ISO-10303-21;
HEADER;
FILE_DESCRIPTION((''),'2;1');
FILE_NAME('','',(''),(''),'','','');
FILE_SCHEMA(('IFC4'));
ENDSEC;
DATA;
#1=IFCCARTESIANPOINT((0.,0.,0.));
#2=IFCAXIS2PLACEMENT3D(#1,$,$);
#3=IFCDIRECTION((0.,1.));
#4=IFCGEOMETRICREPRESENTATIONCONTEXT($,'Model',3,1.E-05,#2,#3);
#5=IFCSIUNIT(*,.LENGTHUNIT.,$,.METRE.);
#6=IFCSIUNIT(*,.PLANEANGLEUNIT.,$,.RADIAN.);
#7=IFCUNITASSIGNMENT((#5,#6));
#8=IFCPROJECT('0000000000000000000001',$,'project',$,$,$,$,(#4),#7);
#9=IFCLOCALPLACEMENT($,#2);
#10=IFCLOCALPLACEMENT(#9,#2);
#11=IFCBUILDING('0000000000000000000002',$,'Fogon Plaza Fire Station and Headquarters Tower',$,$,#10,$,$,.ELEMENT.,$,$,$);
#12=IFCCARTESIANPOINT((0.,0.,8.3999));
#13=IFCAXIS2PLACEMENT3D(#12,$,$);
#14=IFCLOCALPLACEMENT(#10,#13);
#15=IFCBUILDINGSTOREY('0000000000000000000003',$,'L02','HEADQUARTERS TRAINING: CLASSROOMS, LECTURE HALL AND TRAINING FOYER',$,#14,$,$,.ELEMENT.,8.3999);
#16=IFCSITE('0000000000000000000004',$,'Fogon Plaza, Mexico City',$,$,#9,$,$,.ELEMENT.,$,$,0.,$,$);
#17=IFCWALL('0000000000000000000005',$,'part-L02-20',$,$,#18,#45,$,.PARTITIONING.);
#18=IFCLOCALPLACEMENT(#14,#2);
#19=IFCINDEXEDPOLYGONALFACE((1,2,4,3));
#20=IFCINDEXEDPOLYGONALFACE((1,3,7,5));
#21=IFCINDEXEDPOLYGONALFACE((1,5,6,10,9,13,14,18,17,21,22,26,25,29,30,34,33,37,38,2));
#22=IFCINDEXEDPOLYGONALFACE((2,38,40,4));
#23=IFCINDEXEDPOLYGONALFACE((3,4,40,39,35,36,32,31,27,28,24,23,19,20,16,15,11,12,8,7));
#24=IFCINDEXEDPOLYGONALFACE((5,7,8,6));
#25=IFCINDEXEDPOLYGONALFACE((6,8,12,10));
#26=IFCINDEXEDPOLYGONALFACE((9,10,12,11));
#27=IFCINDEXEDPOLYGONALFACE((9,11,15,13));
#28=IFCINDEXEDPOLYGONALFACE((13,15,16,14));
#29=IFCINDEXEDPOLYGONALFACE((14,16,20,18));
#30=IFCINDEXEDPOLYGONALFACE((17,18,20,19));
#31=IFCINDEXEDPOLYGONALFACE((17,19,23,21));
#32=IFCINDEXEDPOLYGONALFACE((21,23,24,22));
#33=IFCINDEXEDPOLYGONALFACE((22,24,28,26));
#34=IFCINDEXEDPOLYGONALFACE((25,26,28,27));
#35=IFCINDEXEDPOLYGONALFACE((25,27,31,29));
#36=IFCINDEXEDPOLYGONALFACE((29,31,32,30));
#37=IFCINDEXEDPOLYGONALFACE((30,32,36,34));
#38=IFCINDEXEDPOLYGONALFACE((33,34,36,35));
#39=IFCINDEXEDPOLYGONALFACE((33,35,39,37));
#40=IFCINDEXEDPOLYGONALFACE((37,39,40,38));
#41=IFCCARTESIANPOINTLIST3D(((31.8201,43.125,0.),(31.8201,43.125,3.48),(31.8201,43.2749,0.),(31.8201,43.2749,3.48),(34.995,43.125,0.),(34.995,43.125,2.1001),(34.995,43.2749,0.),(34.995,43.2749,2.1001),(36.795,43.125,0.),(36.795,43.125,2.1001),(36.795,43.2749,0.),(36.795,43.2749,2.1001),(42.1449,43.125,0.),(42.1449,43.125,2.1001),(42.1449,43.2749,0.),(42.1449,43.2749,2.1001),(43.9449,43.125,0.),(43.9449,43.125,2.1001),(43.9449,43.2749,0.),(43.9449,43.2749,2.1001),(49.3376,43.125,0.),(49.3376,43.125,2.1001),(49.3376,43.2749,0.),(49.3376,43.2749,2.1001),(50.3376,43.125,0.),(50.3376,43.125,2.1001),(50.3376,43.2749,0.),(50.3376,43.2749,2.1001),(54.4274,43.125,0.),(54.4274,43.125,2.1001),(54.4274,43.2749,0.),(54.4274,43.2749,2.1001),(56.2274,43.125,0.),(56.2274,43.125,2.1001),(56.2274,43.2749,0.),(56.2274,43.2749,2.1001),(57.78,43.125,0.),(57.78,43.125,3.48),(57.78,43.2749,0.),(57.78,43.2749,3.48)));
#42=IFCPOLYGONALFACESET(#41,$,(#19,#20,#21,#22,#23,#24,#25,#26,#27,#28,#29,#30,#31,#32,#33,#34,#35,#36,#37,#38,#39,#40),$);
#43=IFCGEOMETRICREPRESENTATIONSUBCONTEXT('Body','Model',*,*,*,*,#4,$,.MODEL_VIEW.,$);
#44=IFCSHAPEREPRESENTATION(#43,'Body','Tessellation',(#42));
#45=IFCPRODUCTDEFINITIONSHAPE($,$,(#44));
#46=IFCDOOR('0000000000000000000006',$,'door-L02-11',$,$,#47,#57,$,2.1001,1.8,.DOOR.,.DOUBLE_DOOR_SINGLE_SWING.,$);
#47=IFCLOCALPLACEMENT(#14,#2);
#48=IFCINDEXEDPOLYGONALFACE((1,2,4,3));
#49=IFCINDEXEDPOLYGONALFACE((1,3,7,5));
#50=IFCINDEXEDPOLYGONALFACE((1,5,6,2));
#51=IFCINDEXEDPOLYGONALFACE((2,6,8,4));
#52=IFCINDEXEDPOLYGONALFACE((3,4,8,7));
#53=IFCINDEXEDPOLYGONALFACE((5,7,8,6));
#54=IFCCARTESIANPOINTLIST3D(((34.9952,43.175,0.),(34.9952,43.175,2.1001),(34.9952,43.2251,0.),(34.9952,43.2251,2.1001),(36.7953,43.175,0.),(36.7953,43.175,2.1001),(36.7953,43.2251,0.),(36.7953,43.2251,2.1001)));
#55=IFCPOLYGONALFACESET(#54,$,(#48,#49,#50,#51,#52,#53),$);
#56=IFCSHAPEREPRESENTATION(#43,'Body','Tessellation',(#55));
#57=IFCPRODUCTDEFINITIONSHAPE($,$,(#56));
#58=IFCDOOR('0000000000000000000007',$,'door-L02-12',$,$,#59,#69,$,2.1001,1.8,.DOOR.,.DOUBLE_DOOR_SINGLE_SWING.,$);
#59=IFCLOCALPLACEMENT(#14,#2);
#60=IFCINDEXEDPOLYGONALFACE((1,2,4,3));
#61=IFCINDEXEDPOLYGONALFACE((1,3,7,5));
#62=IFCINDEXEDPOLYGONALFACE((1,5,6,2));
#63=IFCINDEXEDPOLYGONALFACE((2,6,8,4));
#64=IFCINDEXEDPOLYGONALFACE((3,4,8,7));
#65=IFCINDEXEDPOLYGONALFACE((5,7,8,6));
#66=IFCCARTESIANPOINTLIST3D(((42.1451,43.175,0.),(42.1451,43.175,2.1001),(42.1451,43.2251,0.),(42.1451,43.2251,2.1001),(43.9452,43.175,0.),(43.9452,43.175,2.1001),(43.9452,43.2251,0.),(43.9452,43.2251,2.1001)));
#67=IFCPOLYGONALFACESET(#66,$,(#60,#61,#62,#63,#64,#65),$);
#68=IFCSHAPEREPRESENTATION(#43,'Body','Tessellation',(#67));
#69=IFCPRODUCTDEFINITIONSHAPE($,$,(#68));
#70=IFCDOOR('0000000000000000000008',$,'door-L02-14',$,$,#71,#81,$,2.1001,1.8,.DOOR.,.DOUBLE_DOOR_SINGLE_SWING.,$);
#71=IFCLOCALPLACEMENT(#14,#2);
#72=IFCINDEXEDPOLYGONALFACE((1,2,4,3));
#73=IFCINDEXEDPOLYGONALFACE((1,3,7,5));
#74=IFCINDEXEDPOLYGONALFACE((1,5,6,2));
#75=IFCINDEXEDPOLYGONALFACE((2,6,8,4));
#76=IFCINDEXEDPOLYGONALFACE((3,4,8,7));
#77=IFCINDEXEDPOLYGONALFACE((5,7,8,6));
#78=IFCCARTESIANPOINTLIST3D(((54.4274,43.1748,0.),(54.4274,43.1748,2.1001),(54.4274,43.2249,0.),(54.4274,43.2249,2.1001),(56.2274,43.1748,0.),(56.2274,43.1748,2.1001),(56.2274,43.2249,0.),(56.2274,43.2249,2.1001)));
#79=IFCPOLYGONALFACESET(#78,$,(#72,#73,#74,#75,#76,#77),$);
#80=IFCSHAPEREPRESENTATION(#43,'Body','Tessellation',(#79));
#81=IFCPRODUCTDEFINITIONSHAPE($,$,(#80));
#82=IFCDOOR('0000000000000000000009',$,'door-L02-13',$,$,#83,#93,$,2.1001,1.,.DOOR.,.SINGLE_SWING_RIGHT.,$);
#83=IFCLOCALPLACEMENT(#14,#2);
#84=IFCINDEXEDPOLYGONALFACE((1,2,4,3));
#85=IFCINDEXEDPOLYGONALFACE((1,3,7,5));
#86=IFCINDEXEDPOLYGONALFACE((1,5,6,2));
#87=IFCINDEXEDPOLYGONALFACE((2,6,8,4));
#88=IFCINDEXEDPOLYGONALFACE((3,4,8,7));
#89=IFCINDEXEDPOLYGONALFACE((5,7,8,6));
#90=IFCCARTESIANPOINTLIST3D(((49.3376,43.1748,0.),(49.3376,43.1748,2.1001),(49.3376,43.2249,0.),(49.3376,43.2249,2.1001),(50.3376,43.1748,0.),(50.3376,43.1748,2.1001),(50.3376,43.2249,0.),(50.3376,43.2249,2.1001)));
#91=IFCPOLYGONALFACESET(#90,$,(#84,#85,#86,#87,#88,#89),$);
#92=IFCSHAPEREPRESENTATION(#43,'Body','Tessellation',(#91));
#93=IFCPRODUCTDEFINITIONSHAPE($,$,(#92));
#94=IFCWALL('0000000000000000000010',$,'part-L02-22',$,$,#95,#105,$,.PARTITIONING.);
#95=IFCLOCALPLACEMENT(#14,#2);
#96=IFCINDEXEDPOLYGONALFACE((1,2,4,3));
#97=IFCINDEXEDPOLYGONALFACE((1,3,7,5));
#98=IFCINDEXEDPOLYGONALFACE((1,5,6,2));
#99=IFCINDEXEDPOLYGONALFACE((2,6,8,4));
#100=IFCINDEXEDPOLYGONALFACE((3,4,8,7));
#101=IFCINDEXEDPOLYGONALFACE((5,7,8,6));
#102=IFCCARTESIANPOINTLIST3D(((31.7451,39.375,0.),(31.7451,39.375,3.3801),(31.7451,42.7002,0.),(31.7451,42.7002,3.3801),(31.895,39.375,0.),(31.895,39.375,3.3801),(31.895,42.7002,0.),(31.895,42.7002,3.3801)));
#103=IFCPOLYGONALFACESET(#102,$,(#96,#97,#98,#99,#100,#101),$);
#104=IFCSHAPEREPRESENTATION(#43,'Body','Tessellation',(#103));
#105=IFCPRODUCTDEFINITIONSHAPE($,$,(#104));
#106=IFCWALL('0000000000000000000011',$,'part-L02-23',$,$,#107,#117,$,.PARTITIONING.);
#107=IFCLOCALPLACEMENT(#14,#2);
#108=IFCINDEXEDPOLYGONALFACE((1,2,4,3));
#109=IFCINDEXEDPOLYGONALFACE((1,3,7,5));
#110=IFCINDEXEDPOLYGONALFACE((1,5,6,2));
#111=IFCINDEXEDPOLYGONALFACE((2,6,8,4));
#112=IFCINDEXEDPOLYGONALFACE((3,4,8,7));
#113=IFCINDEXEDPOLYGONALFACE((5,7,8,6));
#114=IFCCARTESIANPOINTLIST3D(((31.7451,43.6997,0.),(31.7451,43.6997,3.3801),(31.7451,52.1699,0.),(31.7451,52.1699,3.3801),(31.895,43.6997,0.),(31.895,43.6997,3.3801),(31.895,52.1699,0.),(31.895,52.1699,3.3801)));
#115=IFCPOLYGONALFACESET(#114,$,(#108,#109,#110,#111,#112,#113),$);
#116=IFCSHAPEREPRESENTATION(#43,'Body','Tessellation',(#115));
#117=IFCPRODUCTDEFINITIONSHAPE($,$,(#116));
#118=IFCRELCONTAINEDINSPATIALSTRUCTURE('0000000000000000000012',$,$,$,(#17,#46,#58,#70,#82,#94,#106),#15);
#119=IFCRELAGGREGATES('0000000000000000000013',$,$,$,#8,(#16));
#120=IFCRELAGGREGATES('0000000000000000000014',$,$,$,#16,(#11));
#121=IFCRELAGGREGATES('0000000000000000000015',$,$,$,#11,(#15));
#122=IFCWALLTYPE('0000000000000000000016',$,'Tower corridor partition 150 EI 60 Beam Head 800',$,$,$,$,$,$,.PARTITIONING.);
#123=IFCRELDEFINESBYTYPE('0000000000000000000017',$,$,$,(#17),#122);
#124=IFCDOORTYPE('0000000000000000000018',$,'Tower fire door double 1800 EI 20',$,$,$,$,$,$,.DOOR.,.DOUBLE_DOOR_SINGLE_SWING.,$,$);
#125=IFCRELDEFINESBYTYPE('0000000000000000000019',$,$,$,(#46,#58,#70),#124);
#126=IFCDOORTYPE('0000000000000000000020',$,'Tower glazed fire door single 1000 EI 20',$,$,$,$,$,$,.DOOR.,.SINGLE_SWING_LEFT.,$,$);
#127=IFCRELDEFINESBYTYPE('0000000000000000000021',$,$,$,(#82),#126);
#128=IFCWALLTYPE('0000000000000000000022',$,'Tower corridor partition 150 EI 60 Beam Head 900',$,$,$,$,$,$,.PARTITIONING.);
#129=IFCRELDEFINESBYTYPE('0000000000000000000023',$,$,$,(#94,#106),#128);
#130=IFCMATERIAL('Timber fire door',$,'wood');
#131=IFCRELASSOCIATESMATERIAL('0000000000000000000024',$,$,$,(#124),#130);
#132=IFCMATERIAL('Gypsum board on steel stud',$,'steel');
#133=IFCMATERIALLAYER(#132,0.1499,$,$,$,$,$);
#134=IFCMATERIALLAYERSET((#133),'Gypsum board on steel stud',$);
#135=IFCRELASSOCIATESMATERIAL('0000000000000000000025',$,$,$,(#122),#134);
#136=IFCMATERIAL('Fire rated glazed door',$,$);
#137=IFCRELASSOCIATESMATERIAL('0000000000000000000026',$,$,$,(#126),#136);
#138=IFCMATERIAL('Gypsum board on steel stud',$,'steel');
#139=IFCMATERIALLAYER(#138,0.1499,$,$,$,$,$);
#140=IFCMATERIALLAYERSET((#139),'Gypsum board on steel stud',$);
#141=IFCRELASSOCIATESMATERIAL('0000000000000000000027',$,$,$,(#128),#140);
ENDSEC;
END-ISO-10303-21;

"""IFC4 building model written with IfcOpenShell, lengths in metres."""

from ifc_helpers import new_model, si_unit, direction, frame, frame_2d, origin, place, context, subcontext, project, spatial, rectangle, extrude, material, layer, layer_set, type_object, element, fill, save


model = new_model("IFC4")

# Units and contexts
model_context = context("Model", 3, precision=1e-05, world=origin(), true_north=direction((0.0, 1.0)))
body_context = subcontext(model_context, "Body", "Model", "MODEL_VIEW")
ifc_project = project(units=[si_unit("LENGTHUNIT", "METRE"), si_unit("PLANEANGLEUNIT", "RADIAN")], contexts=[model_context])

# Site, building, storey
site_placement = place(None, origin())
site = spatial("IfcSite", under=ifc_project, at=site_placement, Name="Fogon Plaza, Mexico City", CompositionType="ELEMENT", RefElevation=0.0)
building_placement = place(site_placement, origin())
building = spatial("IfcBuilding", under=site, at=building_placement, Name="Fogon Plaza Fire Station and Headquarters Tower", CompositionType="ELEMENT")
storey_placement = place(building_placement, frame((0.0, 0.0, 8.3999)))
storey = spatial("IfcBuildingStorey", under=building, at=storey_placement, Name="L02", Description="HEADQUARTERS TRAINING: CLASSROOMS, LECTURE HALL AND TRAINING FOYER", CompositionType="ELEMENT", Elevation=8.3999)

# Wall, openings, doors
ifc_material_1 = material(Name="Timber fire door", Category="wood")
door_type_1 = type_object("IfcDoorType", Name="Tower fire door double 1800 EI 20", OperationType="DOUBLE_DOOR_SINGLE_SWING", PredefinedType="DOOR", material=ifc_material_1)
ifc_material_2 = material(Name="Gypsum board on steel stud", Category="steel")
ifc_layer_1 = layer(ifc_material_2, 0.1499)
ifc_layer_set_1 = layer_set([ifc_layer_1], Name="Gypsum board on steel stud")
wall_type_1 = type_object("IfcWallType", Name="Tower corridor partition 150 EI 60 Beam Head 800", PredefinedType="PARTITIONING", material=ifc_layer_set_1)
wall_1_placement = place(storey_placement, frame((31.8201, 43.2, 0.0), z_axis=(0.0, 0.0, 1.0), x_axis=(1.0, 0.0, 0.0)))
wall_1 = element("IfcWall", 1, at=wall_1_placement, inside=storey, type_object=wall_type_1, Name="part-L02-20", PredefinedType="PARTITIONING", context=body_context, shape_type="SweptSolid", body=[
    extrude(rectangle(XDim=25.96, YDim=0.1499, at=frame_2d((12.98, 0.0))), origin(), (0.0, 0.0, 1.0), 3.48),
])
opening_1_placement = place(wall_1_placement, frame((3.175, 0.0, 0.0)))
opening_1 = element("IfcOpeningElement", 2, at=opening_1_placement, cuts=wall_1, PredefinedType="OPENING", context=body_context, shape_type="SweptSolid", body=[
    extrude(rectangle(XDim=1.8, YDim=2.1001, at=frame_2d((0.8999, 1.05))), frame((0.0, 0.085, 0.0), z_axis=(0.0, -1.0, 0.0), x_axis=(1.0, 0.0, 0.0)), (0.0, 0.0, 1.0), 0.1699),
])
opening_2_placement = place(wall_1_placement, frame((10.325, 0.0, 0.0)))
opening_2 = element("IfcOpeningElement", 3, at=opening_2_placement, cuts=wall_1, PredefinedType="OPENING", context=body_context, shape_type="SweptSolid", body=[
    extrude(rectangle(XDim=1.8, YDim=2.1001, at=frame_2d((0.8999, 1.05))), frame((0.0, 0.085, 0.0), z_axis=(0.0, -1.0, 0.0), x_axis=(1.0, 0.0, 0.0)), (0.0, 0.0, 1.0), 0.1699),
])
opening_3_placement = place(wall_1_placement, frame((17.5176, 0.0, 0.0)))
opening_3 = element("IfcOpeningElement", 4, at=opening_3_placement, cuts=wall_1, PredefinedType="OPENING", context=body_context, shape_type="SweptSolid", body=[
    extrude(rectangle(XDim=1.0, YDim=2.1001, at=frame_2d((0.5, 1.05))), frame((0.0, 0.085, 0.0), z_axis=(0.0, -1.0, 0.0), x_axis=(1.0, 0.0, 0.0)), (0.0, 0.0, 1.0), 0.1699),
])
opening_4_placement = place(wall_1_placement, frame((22.6074, 0.0, 0.0)))
opening_4 = element("IfcOpeningElement", 5, at=opening_4_placement, cuts=wall_1, PredefinedType="OPENING", context=body_context, shape_type="SweptSolid", body=[
    extrude(rectangle(XDim=1.8, YDim=2.1001, at=frame_2d((0.8999, 1.05))), frame((0.0, 0.085, 0.0), z_axis=(0.0, -1.0, 0.0), x_axis=(1.0, 0.0, 0.0)), (0.0, 0.0, 1.0), 0.1699),
])
door_1_placement = place(opening_1_placement, frame((1.8, 0.0, 0.0), z_axis=(0.0, 0.0, 1.0), x_axis=(-1.0, 0.0, 0.0)))
door_1 = element("IfcDoor", 6, at=door_1_placement, inside=storey, type_object=door_type_1, Name="door-L02-11", OperationType="DOUBLE_DOOR_SINGLE_SWING", OverallHeight=2.1001, OverallWidth=1.8, PredefinedType="DOOR", context=body_context, shape_type="SweptSolid", body=[
    extrude(rectangle(XDim=1.8, YDim=2.1001, at=frame_2d((0.8999, 1.05))), frame((0.0, 0.0249, 0.0), z_axis=(0.0, -1.0, 0.0), x_axis=(1.0, 0.0, 0.0)), (0.0, 0.0, 1.0), 0.05),
])
fill(opening_1, door_1)
door_2_placement = place(opening_2_placement, frame((1.8, 0.0, 0.0), z_axis=(0.0, 0.0, 1.0), x_axis=(-1.0, 0.0, 0.0)))
door_2 = element("IfcDoor", 7, at=door_2_placement, inside=storey, type_object=door_type_1, Name="door-L02-12", OperationType="DOUBLE_DOOR_SINGLE_SWING", OverallHeight=2.1001, OverallWidth=1.8, PredefinedType="DOOR", context=body_context, shape_type="SweptSolid", body=[
    extrude(rectangle(XDim=1.8, YDim=2.1001, at=frame_2d((0.8999, 1.05))), frame((0.0, 0.0249, 0.0), z_axis=(0.0, -1.0, 0.0), x_axis=(1.0, 0.0, 0.0)), (0.0, 0.0, 1.0), 0.05),
])
fill(opening_2, door_2)
door_3_placement = place(opening_4_placement, origin())
door_3 = element("IfcDoor", 8, at=door_3_placement, inside=storey, type_object=door_type_1, Name="door-L02-14", OperationType="DOUBLE_DOOR_SINGLE_SWING", OverallHeight=2.1001, OverallWidth=1.8, PredefinedType="DOOR", context=body_context, shape_type="SweptSolid", body=[
    extrude(rectangle(XDim=1.8, YDim=2.1001, at=frame_2d((0.8999, 1.05))), frame((0.0, 0.0249, 0.0), z_axis=(0.0, -1.0, 0.0), x_axis=(1.0, 0.0, 0.0)), (0.0, 0.0, 1.0), 0.05),
])
fill(opening_4, door_3)
ifc_material_3 = material(Name="Fire rated glazed door")
door_type_2 = type_object("IfcDoorType", Name="Tower glazed fire door single 1000 EI 20", OperationType="SINGLE_SWING_LEFT", PredefinedType="DOOR", material=ifc_material_3)
door_4_placement = place(opening_3_placement, origin())
door_4 = element("IfcDoor", 9, at=door_4_placement, inside=storey, type_object=door_type_2, Name="door-L02-13", OperationType="SINGLE_SWING_RIGHT", OverallHeight=2.1001, OverallWidth=1.0, PredefinedType="DOOR", context=body_context, shape_type="SweptSolid", body=[
    extrude(rectangle(XDim=1.0, YDim=2.1001, at=frame_2d((0.5, 1.05))), frame((0.0, 0.0249, 0.0), z_axis=(0.0, -1.0, 0.0), x_axis=(1.0, 0.0, 0.0)), (0.0, 0.0, 1.0), 0.05),
])
fill(opening_3, door_4)

# Walls
ifc_material_4 = material(Name="Gypsum board on steel stud", Category="steel")
ifc_layer_2 = layer(ifc_material_4, 0.1499)
ifc_layer_set_2 = layer_set([ifc_layer_2], Name="Gypsum board on steel stud")
wall_type_2 = type_object("IfcWallType", Name="Tower corridor partition 150 EI 60 Beam Head 900", PredefinedType="PARTITIONING", material=ifc_layer_set_2)
wall_2_placement = place(storey_placement, frame((31.8201, 39.375, 0.0), z_axis=(0.0, 0.0, 1.0), x_axis=(0.0, 1.0, 0.0)))
element("IfcWall", 10, at=wall_2_placement, inside=storey, type_object=wall_type_2, Name="part-L02-22", PredefinedType="PARTITIONING", context=body_context, shape_type="SweptSolid", body=[
    extrude(rectangle(XDim=3.3252, YDim=0.1499, at=frame_2d((1.6626, 0.0))), origin(), (0.0, 0.0, 1.0), 3.3801),
])
wall_3_placement = place(storey_placement, frame((31.8201, 43.6997, 0.0), z_axis=(0.0, 0.0, 1.0), x_axis=(0.0, 1.0, 0.0)))
element("IfcWall", 11, at=wall_3_placement, inside=storey, type_object=wall_type_2, Name="part-L02-23", PredefinedType="PARTITIONING", context=body_context, shape_type="SweptSolid", body=[
    extrude(rectangle(XDim=8.4702, YDim=0.1499, at=frame_2d((4.2351, 0.0))), origin(), (0.0, 0.0, 1.0), 3.3801),
])

save(model, "model.ifc")
